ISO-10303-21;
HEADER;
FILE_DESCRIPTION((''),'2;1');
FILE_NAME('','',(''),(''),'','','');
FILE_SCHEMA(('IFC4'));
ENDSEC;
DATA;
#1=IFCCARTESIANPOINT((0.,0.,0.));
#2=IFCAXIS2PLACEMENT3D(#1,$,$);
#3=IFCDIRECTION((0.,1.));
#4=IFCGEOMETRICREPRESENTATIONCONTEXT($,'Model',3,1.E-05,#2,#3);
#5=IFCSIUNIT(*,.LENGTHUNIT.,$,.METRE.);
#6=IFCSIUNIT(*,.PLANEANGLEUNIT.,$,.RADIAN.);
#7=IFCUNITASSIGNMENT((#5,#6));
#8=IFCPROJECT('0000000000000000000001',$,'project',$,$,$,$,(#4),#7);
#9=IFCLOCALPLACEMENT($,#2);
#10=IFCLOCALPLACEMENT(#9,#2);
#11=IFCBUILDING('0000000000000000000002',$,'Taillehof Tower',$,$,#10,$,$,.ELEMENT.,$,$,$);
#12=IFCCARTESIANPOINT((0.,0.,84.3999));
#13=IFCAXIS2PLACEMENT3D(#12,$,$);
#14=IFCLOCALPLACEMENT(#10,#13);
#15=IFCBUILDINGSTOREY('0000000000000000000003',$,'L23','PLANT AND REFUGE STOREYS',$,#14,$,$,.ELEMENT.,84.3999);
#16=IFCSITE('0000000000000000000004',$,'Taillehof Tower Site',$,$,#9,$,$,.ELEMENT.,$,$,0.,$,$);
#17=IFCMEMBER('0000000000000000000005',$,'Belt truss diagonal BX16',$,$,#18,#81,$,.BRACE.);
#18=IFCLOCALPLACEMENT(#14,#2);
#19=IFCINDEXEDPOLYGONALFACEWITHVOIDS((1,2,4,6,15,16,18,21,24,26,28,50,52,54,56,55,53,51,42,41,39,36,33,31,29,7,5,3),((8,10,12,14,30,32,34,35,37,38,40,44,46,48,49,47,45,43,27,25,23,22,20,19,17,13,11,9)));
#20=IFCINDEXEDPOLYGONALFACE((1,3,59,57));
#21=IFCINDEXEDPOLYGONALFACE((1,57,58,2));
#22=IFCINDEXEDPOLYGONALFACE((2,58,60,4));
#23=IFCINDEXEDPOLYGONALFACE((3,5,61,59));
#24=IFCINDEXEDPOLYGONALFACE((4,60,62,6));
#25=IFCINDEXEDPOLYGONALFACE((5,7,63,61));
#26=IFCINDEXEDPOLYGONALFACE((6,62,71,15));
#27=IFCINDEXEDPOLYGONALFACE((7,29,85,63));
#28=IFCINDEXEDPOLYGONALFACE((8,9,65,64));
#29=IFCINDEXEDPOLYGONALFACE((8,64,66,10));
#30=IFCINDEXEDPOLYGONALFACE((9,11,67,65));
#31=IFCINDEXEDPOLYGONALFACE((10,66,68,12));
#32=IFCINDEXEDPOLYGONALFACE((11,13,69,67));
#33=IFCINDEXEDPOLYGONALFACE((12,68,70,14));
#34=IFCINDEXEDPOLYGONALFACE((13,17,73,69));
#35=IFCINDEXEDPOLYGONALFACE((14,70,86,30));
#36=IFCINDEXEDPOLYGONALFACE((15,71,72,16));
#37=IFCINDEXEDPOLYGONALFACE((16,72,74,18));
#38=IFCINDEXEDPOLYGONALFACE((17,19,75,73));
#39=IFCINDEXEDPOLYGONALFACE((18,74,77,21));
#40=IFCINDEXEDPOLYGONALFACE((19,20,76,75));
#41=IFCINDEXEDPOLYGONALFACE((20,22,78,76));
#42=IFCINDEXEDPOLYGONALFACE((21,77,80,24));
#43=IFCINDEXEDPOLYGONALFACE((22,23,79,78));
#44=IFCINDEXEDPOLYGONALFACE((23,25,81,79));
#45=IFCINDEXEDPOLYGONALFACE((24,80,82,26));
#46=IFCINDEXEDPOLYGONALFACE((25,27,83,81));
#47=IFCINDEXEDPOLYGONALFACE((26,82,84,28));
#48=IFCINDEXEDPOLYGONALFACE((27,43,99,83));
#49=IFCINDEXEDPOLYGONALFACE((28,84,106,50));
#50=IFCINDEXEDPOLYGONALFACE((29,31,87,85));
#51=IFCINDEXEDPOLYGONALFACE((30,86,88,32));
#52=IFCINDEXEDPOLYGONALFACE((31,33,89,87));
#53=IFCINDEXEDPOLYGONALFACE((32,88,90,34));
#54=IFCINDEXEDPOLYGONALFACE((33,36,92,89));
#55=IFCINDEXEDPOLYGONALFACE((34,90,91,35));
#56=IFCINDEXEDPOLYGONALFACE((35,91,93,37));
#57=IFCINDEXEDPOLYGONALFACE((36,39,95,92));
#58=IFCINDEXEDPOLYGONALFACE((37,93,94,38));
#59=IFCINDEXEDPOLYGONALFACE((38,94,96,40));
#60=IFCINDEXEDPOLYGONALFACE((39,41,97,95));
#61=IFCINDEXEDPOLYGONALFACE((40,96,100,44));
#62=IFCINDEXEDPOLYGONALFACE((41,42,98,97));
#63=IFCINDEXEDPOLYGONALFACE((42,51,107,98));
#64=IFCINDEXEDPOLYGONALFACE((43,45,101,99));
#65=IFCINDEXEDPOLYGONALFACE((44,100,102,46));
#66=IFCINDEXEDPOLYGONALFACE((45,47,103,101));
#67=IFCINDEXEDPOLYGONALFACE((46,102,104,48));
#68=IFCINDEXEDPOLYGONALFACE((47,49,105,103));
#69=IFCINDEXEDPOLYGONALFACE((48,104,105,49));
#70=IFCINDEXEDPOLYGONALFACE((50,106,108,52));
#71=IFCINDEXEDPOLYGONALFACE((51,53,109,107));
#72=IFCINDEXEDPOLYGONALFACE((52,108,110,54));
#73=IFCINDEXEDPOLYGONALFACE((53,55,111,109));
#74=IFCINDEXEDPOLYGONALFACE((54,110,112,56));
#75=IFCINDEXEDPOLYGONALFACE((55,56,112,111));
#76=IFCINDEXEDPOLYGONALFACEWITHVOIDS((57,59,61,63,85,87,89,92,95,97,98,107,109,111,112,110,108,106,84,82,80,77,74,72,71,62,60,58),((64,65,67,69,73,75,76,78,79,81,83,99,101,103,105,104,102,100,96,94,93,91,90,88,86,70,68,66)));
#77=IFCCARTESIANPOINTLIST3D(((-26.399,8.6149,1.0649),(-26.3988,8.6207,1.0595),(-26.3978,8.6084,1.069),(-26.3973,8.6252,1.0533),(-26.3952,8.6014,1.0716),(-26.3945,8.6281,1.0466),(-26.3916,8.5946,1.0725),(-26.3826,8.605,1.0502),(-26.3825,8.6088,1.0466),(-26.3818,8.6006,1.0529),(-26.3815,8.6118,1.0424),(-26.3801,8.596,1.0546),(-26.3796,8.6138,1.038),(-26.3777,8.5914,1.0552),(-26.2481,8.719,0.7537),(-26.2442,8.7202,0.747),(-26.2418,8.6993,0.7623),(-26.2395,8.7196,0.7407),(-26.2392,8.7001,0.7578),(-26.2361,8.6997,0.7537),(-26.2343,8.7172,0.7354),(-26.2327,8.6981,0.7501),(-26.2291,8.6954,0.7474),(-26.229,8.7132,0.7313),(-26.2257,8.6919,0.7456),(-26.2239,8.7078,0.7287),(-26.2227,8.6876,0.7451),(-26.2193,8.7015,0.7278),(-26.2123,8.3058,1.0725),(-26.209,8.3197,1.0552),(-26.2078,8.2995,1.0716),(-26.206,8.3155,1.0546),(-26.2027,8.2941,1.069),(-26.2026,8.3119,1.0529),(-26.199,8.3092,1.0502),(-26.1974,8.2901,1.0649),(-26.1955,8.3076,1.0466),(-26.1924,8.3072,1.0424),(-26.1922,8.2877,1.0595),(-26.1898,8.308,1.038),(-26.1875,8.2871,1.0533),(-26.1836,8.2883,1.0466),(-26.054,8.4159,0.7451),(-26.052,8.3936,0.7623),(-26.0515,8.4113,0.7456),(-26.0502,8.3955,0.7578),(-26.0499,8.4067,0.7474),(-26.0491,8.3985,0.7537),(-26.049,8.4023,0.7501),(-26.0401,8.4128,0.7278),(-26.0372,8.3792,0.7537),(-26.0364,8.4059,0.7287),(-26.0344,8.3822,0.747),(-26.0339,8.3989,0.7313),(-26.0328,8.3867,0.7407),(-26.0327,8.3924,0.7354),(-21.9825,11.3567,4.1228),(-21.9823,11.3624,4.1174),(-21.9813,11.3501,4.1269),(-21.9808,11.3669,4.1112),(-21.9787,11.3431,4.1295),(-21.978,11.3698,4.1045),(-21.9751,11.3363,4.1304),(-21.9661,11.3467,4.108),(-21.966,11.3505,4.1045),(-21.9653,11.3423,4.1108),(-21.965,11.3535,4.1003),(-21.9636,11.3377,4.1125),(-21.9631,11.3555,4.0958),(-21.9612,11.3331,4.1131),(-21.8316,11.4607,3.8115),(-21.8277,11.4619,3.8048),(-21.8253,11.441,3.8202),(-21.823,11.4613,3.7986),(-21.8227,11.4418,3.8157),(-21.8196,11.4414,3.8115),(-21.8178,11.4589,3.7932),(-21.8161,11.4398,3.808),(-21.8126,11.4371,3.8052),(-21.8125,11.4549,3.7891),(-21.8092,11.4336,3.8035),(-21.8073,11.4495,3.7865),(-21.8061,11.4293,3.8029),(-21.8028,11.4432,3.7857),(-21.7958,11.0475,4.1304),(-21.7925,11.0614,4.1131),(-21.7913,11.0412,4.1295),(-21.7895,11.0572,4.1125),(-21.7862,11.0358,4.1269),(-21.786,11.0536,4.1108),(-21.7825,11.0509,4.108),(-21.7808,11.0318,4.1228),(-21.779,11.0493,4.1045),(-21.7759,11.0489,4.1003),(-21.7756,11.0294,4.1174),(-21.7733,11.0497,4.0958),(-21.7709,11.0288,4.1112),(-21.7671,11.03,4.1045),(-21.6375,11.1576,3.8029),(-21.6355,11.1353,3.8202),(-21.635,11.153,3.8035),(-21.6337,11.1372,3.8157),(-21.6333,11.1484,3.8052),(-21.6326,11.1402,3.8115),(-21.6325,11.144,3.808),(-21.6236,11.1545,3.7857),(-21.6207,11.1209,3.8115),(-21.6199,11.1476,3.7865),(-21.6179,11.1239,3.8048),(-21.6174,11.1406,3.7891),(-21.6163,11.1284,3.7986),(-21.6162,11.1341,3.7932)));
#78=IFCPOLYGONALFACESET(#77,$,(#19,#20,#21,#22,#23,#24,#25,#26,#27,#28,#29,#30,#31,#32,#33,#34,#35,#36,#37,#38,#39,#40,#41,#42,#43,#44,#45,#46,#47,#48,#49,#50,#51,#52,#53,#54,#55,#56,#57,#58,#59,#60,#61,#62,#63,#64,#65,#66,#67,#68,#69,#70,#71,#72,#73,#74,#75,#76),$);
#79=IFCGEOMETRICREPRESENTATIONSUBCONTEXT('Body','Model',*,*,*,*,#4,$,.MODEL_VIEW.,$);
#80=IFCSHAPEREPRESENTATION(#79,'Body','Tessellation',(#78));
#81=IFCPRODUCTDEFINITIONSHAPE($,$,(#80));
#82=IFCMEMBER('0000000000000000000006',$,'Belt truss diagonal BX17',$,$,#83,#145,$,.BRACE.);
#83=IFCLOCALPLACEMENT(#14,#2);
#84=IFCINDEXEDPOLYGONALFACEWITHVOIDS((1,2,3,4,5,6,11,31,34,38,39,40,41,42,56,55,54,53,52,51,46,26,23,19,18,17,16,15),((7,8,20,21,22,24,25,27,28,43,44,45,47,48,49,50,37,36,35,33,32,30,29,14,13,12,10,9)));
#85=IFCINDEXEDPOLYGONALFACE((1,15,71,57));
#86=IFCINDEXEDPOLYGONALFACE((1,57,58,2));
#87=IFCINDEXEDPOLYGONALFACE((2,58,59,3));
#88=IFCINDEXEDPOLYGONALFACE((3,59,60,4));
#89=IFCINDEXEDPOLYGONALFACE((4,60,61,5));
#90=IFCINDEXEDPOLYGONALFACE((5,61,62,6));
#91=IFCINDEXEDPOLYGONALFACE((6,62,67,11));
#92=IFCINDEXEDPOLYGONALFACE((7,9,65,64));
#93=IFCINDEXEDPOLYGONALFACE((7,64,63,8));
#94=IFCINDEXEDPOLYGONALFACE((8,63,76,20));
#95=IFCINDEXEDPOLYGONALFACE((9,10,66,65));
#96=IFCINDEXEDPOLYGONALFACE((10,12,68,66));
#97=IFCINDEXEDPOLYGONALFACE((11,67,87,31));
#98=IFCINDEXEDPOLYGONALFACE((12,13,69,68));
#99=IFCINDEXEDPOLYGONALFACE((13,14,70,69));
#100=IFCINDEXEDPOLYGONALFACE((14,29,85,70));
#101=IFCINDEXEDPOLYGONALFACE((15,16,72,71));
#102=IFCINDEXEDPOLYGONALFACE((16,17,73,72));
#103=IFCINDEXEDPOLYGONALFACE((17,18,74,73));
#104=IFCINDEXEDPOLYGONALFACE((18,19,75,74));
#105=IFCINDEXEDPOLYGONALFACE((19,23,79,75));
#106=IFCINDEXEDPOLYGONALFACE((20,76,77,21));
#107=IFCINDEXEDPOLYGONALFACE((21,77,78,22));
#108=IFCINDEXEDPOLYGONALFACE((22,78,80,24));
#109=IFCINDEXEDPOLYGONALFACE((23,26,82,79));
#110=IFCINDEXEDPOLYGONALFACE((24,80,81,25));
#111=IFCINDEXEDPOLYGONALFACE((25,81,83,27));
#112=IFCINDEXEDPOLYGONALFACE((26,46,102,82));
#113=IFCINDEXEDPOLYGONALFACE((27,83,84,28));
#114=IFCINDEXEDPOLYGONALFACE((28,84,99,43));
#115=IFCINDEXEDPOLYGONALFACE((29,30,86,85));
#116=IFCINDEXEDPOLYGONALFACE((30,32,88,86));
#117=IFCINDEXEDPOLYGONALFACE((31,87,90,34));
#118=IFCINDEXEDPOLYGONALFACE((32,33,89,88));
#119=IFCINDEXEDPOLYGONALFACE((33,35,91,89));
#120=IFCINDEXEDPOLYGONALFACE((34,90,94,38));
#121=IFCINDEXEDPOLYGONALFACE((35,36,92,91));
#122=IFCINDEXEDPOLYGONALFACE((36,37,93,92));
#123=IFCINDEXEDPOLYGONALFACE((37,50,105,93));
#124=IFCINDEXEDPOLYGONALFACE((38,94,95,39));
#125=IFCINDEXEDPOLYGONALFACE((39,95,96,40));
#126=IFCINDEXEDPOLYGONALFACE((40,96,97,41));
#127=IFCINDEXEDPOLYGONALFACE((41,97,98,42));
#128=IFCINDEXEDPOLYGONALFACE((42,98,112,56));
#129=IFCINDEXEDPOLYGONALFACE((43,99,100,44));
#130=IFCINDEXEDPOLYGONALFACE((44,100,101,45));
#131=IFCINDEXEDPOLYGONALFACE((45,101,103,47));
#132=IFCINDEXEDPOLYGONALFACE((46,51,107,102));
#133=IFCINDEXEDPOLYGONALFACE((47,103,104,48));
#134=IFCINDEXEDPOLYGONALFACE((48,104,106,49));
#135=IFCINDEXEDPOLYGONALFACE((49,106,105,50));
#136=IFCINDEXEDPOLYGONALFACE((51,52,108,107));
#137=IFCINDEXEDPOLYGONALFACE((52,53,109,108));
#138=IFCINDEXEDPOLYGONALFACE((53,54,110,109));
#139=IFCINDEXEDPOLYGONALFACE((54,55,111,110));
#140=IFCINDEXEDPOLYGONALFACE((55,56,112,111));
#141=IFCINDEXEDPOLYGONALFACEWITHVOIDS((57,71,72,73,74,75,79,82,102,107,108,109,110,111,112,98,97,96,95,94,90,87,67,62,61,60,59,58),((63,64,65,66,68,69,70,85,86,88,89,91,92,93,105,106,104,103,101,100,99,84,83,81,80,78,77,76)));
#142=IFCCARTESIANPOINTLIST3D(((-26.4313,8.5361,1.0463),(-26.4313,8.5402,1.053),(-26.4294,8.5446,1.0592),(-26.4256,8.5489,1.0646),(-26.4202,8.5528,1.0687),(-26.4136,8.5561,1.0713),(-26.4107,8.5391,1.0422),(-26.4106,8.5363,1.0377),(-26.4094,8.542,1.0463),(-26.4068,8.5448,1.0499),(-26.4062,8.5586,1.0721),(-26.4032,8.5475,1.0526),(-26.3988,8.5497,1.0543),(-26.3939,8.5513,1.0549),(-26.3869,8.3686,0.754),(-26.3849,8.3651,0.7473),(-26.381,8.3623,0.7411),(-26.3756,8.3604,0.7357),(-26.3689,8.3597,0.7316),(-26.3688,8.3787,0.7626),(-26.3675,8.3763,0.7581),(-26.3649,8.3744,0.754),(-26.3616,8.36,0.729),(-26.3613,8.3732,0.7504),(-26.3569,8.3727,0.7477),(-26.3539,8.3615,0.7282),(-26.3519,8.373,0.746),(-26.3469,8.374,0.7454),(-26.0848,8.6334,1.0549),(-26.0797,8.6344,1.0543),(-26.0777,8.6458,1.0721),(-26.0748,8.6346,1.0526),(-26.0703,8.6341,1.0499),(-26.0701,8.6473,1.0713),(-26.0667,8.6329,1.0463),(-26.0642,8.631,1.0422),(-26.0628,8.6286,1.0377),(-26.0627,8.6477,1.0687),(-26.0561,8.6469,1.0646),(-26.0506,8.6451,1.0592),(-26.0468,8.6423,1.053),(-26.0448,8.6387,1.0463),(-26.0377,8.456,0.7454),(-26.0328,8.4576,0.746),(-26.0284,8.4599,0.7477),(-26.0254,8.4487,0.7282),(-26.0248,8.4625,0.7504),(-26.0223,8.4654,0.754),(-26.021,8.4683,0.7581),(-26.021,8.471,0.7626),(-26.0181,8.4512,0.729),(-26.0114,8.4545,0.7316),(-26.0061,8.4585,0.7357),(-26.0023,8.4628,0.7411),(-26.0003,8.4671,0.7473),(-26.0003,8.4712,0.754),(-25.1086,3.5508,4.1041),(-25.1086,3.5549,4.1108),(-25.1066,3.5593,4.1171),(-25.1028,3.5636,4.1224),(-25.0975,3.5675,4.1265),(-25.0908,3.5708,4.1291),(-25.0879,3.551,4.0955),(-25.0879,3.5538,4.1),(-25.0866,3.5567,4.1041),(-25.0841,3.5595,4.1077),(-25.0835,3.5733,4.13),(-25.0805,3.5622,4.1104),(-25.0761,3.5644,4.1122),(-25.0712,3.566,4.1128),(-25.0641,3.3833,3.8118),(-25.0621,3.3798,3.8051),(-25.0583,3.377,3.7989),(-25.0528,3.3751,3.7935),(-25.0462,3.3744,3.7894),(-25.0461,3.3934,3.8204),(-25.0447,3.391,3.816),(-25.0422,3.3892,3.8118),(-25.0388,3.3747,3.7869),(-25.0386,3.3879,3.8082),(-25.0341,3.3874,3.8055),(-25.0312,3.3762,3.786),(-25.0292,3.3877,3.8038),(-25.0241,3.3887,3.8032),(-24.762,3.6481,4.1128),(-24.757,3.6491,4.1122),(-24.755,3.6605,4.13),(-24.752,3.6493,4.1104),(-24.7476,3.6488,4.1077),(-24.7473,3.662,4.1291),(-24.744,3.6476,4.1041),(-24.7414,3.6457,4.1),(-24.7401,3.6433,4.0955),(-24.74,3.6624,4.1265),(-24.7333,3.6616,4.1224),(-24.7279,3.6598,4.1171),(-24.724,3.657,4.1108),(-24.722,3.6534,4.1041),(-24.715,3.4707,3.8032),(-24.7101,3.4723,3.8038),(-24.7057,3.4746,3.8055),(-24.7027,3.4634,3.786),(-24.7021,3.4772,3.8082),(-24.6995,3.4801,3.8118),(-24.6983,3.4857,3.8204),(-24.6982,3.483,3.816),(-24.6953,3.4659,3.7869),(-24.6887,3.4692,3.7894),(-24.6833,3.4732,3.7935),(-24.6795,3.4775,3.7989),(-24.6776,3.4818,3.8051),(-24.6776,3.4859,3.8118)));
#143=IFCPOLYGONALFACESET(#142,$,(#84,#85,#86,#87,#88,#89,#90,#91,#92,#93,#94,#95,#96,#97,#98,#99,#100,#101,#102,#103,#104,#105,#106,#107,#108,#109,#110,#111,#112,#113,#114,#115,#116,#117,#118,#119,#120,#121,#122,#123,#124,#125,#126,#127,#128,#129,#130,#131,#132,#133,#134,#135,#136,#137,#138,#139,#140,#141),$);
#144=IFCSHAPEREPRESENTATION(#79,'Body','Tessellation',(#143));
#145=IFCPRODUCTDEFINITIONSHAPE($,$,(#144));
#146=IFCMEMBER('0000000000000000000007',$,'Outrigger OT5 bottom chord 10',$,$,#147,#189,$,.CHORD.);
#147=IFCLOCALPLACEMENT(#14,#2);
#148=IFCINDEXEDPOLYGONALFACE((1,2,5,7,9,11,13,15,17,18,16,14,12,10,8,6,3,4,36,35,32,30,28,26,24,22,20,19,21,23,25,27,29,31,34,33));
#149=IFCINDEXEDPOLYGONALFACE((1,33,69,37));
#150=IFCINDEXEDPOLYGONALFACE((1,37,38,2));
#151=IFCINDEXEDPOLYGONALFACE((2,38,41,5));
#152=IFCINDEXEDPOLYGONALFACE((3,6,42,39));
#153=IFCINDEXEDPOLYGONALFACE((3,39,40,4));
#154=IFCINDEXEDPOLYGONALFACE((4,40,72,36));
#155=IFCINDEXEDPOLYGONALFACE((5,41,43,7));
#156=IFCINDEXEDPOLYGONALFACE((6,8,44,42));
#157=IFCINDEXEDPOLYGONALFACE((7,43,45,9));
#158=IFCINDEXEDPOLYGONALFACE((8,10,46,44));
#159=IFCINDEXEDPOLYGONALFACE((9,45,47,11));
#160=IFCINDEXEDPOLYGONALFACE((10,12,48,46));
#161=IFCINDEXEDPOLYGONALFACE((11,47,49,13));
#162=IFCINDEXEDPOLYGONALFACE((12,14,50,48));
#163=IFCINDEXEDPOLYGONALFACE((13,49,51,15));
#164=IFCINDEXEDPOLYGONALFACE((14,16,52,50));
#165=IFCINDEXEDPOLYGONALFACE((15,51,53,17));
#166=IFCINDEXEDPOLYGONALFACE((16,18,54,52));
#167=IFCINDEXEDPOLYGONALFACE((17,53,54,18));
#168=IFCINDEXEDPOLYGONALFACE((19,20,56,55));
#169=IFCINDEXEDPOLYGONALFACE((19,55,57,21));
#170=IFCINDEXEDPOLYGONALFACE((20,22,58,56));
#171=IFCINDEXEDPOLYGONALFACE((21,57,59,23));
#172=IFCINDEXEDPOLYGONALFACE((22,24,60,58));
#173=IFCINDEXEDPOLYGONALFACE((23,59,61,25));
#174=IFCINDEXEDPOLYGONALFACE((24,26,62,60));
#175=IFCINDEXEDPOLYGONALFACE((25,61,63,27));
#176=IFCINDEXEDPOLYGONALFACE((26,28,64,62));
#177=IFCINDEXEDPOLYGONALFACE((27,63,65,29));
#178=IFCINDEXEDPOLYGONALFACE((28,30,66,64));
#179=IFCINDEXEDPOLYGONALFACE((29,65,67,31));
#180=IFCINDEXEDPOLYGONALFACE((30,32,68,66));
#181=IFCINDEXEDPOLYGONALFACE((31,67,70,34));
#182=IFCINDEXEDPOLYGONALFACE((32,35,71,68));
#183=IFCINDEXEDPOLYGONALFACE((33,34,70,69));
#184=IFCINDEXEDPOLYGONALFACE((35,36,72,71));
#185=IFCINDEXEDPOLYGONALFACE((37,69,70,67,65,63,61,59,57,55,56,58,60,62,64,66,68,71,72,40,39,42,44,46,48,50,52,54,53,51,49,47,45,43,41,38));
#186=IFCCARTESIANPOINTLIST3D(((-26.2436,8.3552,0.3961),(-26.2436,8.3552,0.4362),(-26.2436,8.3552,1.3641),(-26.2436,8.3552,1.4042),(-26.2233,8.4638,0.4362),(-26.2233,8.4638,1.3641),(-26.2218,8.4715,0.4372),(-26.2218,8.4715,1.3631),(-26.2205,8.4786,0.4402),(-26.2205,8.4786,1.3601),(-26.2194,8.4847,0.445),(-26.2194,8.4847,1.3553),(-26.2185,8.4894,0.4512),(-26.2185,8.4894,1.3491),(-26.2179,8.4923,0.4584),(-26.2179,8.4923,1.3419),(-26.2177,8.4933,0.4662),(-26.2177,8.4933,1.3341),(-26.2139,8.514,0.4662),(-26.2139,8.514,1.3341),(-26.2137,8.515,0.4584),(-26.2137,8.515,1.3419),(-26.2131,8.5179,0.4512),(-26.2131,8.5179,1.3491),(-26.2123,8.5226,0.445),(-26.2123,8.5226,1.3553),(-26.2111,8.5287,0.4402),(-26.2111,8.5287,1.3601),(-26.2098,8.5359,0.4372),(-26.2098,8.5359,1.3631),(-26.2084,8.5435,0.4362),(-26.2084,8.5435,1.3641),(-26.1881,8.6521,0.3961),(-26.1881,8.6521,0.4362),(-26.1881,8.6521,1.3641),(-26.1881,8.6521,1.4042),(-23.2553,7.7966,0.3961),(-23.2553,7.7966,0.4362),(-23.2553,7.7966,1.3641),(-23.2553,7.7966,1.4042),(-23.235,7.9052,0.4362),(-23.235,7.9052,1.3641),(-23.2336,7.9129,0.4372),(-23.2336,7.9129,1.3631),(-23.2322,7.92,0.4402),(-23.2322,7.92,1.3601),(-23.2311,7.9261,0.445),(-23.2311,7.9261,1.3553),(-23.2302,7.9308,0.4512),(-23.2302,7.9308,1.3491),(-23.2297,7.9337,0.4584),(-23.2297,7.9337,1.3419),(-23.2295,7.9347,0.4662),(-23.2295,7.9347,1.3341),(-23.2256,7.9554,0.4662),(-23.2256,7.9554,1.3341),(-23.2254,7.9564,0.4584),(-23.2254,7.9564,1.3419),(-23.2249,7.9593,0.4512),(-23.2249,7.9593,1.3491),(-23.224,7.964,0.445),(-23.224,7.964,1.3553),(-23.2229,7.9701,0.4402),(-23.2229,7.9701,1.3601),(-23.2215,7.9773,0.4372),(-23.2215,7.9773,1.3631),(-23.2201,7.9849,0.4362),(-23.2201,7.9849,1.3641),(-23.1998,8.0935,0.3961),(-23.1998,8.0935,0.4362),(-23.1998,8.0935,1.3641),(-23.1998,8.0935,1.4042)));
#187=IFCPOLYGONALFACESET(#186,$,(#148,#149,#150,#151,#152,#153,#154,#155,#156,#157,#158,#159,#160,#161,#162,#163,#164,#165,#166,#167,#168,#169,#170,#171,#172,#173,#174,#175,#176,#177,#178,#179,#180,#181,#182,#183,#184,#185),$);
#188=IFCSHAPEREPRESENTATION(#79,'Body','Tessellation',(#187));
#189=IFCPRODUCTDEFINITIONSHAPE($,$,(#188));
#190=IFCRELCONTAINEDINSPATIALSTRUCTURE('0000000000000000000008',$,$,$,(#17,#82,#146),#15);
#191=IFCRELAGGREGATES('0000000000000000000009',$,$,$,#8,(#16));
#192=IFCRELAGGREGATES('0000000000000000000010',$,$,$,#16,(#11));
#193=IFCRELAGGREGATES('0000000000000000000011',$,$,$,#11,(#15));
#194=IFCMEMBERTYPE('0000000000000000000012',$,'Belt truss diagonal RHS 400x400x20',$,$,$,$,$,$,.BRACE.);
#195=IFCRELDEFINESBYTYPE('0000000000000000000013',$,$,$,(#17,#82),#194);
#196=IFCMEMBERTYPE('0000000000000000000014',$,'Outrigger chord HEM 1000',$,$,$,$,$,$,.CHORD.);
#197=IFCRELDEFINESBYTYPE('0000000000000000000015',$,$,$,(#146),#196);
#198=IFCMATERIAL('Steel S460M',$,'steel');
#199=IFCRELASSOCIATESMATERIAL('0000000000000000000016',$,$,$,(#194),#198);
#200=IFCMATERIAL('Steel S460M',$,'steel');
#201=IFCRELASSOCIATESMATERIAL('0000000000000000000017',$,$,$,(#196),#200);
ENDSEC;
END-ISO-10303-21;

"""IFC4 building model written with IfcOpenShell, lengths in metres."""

from ifc_helpers import new_model, si_unit, direction, frame, origin, origin_2d, place, context, subcontext, project, spatial, hollow_rectangle, i_section, extrude, material, material_profile, profile_set, type_object, element, save


model = new_model("IFC4")

# Units and contexts
model_context = context("Model", 3, precision=1e-05, world=origin(), true_north=direction((0.0, 1.0)))
body_context = subcontext(model_context, "Body", "Model", "MODEL_VIEW")
ifc_project = project(units=[si_unit("LENGTHUNIT", "METRE"), si_unit("PLANEANGLEUNIT", "RADIAN")], contexts=[model_context])

# Site, building, storey
site_placement = place(None, origin())
site = spatial("IfcSite", under=ifc_project, at=site_placement, Name="Taillehof Tower Site", CompositionType="ELEMENT", RefElevation=0.0)
building_placement = place(site_placement, origin())
building = spatial("IfcBuilding", under=site, at=building_placement, Name="Taillehof Tower", CompositionType="ELEMENT")
storey_placement = place(building_placement, frame((0.0, 0.0, 84.3999)))
storey = spatial("IfcBuildingStorey", under=building, at=storey_placement, Name="L23", Description="PLANT AND REFUGE STOREYS", CompositionType="ELEMENT", Elevation=84.3999)

# Members
ifc_material_1 = material(Name="Steel S460M", Category="steel")
ifc_material_profile_1 = material_profile(ifc_material_1, hollow_rectangle(XDim=0.3999, YDim=0.3999, WallThickness=0.02, InnerFilletRadius=0.02, OuterFilletRadius=0.03, at=origin_2d()), Name="RHS 400x400x20")
ifc_profile_set_1 = profile_set([ifc_material_profile_1], Name="Steel S460M")
member_type_1 = type_object("IfcMemberType", Name="Belt truss diagonal RHS 400x400x20", PredefinedType="BRACE", material=ifc_profile_set_1)
member_1_placement = place(storey_placement, frame((-21.7993, 11.2454, 3.958), z_axis=(-0.732301, -0.454601, -0.507024), x_axis=(0.527421, -0.849604, 0.0)))
element("IfcMember", 1, at=member_1_placement, inside=storey, type_object=member_type_1, Name="Belt truss diagonal BX16", PredefinedType="BRACE", context=body_context, shape_type="SweptSolid", body=[
    extrude(hollow_rectangle(XDim=0.3999, YDim=0.3999, WallThickness=0.02, InnerFilletRadius=0.02, OuterFilletRadius=0.03, at=origin_2d()), origin(), (0.0, 0.0, 1.0), 6.031),
])
member_2_placement = place(storey_placement, frame((-26.2158, 8.5037, 0.9001), z_axis=(0.2206, -0.831424, 0.50997), x_axis=(0.966556, 0.256455, 0.0)))
element("IfcMember", 2, at=member_2_placement, inside=storey, type_object=member_type_1, Name="Belt truss diagonal BX17", PredefinedType="BRACE", context=body_context, shape_type="SweptSolid", body=[
    extrude(hollow_rectangle(XDim=0.3999, YDim=0.3999, WallThickness=0.02, InnerFilletRadius=0.02, OuterFilletRadius=0.03, at=origin_2d()), origin(), (0.0, 0.0, 1.0), 5.9961),
])
ifc_material_2 = material(Name="Steel S460M", Category="steel")
ifc_material_profile_2 = material_profile(ifc_material_2, i_section(OverallWidth=0.302, OverallDepth=1.0081, WebThickness=0.021, FlangeThickness=0.04, FilletRadius=0.03, at=origin_2d()), Name="HEM 1000")
ifc_profile_set_2 = profile_set([ifc_material_profile_2], Name="Steel S460M")
member_type_2 = type_object("IfcMemberType", Name="Outrigger chord HEM 1000", PredefinedType="CHORD", material=ifc_profile_set_2)
member_3_placement = place(storey_placement, frame((-23.2275, 7.9451, 0.9001), z_axis=(-0.982974, 0.183745, 0.0), x_axis=(-0.183745, -0.982974, 0.0)))
element("IfcMember", 3, at=member_3_placement, inside=storey, type_object=member_type_2, Name="Outrigger OT5 bottom chord 10", PredefinedType="CHORD", context=body_context, shape_type="SweptSolid", body=[
    extrude(i_section(OverallWidth=0.302, OverallDepth=1.0081, WebThickness=0.021, FlangeThickness=0.04, FilletRadius=0.03, at=origin_2d()), origin(), (0.0, 0.0, 1.0), 3.04),
])

save(model, "model.ifc")
